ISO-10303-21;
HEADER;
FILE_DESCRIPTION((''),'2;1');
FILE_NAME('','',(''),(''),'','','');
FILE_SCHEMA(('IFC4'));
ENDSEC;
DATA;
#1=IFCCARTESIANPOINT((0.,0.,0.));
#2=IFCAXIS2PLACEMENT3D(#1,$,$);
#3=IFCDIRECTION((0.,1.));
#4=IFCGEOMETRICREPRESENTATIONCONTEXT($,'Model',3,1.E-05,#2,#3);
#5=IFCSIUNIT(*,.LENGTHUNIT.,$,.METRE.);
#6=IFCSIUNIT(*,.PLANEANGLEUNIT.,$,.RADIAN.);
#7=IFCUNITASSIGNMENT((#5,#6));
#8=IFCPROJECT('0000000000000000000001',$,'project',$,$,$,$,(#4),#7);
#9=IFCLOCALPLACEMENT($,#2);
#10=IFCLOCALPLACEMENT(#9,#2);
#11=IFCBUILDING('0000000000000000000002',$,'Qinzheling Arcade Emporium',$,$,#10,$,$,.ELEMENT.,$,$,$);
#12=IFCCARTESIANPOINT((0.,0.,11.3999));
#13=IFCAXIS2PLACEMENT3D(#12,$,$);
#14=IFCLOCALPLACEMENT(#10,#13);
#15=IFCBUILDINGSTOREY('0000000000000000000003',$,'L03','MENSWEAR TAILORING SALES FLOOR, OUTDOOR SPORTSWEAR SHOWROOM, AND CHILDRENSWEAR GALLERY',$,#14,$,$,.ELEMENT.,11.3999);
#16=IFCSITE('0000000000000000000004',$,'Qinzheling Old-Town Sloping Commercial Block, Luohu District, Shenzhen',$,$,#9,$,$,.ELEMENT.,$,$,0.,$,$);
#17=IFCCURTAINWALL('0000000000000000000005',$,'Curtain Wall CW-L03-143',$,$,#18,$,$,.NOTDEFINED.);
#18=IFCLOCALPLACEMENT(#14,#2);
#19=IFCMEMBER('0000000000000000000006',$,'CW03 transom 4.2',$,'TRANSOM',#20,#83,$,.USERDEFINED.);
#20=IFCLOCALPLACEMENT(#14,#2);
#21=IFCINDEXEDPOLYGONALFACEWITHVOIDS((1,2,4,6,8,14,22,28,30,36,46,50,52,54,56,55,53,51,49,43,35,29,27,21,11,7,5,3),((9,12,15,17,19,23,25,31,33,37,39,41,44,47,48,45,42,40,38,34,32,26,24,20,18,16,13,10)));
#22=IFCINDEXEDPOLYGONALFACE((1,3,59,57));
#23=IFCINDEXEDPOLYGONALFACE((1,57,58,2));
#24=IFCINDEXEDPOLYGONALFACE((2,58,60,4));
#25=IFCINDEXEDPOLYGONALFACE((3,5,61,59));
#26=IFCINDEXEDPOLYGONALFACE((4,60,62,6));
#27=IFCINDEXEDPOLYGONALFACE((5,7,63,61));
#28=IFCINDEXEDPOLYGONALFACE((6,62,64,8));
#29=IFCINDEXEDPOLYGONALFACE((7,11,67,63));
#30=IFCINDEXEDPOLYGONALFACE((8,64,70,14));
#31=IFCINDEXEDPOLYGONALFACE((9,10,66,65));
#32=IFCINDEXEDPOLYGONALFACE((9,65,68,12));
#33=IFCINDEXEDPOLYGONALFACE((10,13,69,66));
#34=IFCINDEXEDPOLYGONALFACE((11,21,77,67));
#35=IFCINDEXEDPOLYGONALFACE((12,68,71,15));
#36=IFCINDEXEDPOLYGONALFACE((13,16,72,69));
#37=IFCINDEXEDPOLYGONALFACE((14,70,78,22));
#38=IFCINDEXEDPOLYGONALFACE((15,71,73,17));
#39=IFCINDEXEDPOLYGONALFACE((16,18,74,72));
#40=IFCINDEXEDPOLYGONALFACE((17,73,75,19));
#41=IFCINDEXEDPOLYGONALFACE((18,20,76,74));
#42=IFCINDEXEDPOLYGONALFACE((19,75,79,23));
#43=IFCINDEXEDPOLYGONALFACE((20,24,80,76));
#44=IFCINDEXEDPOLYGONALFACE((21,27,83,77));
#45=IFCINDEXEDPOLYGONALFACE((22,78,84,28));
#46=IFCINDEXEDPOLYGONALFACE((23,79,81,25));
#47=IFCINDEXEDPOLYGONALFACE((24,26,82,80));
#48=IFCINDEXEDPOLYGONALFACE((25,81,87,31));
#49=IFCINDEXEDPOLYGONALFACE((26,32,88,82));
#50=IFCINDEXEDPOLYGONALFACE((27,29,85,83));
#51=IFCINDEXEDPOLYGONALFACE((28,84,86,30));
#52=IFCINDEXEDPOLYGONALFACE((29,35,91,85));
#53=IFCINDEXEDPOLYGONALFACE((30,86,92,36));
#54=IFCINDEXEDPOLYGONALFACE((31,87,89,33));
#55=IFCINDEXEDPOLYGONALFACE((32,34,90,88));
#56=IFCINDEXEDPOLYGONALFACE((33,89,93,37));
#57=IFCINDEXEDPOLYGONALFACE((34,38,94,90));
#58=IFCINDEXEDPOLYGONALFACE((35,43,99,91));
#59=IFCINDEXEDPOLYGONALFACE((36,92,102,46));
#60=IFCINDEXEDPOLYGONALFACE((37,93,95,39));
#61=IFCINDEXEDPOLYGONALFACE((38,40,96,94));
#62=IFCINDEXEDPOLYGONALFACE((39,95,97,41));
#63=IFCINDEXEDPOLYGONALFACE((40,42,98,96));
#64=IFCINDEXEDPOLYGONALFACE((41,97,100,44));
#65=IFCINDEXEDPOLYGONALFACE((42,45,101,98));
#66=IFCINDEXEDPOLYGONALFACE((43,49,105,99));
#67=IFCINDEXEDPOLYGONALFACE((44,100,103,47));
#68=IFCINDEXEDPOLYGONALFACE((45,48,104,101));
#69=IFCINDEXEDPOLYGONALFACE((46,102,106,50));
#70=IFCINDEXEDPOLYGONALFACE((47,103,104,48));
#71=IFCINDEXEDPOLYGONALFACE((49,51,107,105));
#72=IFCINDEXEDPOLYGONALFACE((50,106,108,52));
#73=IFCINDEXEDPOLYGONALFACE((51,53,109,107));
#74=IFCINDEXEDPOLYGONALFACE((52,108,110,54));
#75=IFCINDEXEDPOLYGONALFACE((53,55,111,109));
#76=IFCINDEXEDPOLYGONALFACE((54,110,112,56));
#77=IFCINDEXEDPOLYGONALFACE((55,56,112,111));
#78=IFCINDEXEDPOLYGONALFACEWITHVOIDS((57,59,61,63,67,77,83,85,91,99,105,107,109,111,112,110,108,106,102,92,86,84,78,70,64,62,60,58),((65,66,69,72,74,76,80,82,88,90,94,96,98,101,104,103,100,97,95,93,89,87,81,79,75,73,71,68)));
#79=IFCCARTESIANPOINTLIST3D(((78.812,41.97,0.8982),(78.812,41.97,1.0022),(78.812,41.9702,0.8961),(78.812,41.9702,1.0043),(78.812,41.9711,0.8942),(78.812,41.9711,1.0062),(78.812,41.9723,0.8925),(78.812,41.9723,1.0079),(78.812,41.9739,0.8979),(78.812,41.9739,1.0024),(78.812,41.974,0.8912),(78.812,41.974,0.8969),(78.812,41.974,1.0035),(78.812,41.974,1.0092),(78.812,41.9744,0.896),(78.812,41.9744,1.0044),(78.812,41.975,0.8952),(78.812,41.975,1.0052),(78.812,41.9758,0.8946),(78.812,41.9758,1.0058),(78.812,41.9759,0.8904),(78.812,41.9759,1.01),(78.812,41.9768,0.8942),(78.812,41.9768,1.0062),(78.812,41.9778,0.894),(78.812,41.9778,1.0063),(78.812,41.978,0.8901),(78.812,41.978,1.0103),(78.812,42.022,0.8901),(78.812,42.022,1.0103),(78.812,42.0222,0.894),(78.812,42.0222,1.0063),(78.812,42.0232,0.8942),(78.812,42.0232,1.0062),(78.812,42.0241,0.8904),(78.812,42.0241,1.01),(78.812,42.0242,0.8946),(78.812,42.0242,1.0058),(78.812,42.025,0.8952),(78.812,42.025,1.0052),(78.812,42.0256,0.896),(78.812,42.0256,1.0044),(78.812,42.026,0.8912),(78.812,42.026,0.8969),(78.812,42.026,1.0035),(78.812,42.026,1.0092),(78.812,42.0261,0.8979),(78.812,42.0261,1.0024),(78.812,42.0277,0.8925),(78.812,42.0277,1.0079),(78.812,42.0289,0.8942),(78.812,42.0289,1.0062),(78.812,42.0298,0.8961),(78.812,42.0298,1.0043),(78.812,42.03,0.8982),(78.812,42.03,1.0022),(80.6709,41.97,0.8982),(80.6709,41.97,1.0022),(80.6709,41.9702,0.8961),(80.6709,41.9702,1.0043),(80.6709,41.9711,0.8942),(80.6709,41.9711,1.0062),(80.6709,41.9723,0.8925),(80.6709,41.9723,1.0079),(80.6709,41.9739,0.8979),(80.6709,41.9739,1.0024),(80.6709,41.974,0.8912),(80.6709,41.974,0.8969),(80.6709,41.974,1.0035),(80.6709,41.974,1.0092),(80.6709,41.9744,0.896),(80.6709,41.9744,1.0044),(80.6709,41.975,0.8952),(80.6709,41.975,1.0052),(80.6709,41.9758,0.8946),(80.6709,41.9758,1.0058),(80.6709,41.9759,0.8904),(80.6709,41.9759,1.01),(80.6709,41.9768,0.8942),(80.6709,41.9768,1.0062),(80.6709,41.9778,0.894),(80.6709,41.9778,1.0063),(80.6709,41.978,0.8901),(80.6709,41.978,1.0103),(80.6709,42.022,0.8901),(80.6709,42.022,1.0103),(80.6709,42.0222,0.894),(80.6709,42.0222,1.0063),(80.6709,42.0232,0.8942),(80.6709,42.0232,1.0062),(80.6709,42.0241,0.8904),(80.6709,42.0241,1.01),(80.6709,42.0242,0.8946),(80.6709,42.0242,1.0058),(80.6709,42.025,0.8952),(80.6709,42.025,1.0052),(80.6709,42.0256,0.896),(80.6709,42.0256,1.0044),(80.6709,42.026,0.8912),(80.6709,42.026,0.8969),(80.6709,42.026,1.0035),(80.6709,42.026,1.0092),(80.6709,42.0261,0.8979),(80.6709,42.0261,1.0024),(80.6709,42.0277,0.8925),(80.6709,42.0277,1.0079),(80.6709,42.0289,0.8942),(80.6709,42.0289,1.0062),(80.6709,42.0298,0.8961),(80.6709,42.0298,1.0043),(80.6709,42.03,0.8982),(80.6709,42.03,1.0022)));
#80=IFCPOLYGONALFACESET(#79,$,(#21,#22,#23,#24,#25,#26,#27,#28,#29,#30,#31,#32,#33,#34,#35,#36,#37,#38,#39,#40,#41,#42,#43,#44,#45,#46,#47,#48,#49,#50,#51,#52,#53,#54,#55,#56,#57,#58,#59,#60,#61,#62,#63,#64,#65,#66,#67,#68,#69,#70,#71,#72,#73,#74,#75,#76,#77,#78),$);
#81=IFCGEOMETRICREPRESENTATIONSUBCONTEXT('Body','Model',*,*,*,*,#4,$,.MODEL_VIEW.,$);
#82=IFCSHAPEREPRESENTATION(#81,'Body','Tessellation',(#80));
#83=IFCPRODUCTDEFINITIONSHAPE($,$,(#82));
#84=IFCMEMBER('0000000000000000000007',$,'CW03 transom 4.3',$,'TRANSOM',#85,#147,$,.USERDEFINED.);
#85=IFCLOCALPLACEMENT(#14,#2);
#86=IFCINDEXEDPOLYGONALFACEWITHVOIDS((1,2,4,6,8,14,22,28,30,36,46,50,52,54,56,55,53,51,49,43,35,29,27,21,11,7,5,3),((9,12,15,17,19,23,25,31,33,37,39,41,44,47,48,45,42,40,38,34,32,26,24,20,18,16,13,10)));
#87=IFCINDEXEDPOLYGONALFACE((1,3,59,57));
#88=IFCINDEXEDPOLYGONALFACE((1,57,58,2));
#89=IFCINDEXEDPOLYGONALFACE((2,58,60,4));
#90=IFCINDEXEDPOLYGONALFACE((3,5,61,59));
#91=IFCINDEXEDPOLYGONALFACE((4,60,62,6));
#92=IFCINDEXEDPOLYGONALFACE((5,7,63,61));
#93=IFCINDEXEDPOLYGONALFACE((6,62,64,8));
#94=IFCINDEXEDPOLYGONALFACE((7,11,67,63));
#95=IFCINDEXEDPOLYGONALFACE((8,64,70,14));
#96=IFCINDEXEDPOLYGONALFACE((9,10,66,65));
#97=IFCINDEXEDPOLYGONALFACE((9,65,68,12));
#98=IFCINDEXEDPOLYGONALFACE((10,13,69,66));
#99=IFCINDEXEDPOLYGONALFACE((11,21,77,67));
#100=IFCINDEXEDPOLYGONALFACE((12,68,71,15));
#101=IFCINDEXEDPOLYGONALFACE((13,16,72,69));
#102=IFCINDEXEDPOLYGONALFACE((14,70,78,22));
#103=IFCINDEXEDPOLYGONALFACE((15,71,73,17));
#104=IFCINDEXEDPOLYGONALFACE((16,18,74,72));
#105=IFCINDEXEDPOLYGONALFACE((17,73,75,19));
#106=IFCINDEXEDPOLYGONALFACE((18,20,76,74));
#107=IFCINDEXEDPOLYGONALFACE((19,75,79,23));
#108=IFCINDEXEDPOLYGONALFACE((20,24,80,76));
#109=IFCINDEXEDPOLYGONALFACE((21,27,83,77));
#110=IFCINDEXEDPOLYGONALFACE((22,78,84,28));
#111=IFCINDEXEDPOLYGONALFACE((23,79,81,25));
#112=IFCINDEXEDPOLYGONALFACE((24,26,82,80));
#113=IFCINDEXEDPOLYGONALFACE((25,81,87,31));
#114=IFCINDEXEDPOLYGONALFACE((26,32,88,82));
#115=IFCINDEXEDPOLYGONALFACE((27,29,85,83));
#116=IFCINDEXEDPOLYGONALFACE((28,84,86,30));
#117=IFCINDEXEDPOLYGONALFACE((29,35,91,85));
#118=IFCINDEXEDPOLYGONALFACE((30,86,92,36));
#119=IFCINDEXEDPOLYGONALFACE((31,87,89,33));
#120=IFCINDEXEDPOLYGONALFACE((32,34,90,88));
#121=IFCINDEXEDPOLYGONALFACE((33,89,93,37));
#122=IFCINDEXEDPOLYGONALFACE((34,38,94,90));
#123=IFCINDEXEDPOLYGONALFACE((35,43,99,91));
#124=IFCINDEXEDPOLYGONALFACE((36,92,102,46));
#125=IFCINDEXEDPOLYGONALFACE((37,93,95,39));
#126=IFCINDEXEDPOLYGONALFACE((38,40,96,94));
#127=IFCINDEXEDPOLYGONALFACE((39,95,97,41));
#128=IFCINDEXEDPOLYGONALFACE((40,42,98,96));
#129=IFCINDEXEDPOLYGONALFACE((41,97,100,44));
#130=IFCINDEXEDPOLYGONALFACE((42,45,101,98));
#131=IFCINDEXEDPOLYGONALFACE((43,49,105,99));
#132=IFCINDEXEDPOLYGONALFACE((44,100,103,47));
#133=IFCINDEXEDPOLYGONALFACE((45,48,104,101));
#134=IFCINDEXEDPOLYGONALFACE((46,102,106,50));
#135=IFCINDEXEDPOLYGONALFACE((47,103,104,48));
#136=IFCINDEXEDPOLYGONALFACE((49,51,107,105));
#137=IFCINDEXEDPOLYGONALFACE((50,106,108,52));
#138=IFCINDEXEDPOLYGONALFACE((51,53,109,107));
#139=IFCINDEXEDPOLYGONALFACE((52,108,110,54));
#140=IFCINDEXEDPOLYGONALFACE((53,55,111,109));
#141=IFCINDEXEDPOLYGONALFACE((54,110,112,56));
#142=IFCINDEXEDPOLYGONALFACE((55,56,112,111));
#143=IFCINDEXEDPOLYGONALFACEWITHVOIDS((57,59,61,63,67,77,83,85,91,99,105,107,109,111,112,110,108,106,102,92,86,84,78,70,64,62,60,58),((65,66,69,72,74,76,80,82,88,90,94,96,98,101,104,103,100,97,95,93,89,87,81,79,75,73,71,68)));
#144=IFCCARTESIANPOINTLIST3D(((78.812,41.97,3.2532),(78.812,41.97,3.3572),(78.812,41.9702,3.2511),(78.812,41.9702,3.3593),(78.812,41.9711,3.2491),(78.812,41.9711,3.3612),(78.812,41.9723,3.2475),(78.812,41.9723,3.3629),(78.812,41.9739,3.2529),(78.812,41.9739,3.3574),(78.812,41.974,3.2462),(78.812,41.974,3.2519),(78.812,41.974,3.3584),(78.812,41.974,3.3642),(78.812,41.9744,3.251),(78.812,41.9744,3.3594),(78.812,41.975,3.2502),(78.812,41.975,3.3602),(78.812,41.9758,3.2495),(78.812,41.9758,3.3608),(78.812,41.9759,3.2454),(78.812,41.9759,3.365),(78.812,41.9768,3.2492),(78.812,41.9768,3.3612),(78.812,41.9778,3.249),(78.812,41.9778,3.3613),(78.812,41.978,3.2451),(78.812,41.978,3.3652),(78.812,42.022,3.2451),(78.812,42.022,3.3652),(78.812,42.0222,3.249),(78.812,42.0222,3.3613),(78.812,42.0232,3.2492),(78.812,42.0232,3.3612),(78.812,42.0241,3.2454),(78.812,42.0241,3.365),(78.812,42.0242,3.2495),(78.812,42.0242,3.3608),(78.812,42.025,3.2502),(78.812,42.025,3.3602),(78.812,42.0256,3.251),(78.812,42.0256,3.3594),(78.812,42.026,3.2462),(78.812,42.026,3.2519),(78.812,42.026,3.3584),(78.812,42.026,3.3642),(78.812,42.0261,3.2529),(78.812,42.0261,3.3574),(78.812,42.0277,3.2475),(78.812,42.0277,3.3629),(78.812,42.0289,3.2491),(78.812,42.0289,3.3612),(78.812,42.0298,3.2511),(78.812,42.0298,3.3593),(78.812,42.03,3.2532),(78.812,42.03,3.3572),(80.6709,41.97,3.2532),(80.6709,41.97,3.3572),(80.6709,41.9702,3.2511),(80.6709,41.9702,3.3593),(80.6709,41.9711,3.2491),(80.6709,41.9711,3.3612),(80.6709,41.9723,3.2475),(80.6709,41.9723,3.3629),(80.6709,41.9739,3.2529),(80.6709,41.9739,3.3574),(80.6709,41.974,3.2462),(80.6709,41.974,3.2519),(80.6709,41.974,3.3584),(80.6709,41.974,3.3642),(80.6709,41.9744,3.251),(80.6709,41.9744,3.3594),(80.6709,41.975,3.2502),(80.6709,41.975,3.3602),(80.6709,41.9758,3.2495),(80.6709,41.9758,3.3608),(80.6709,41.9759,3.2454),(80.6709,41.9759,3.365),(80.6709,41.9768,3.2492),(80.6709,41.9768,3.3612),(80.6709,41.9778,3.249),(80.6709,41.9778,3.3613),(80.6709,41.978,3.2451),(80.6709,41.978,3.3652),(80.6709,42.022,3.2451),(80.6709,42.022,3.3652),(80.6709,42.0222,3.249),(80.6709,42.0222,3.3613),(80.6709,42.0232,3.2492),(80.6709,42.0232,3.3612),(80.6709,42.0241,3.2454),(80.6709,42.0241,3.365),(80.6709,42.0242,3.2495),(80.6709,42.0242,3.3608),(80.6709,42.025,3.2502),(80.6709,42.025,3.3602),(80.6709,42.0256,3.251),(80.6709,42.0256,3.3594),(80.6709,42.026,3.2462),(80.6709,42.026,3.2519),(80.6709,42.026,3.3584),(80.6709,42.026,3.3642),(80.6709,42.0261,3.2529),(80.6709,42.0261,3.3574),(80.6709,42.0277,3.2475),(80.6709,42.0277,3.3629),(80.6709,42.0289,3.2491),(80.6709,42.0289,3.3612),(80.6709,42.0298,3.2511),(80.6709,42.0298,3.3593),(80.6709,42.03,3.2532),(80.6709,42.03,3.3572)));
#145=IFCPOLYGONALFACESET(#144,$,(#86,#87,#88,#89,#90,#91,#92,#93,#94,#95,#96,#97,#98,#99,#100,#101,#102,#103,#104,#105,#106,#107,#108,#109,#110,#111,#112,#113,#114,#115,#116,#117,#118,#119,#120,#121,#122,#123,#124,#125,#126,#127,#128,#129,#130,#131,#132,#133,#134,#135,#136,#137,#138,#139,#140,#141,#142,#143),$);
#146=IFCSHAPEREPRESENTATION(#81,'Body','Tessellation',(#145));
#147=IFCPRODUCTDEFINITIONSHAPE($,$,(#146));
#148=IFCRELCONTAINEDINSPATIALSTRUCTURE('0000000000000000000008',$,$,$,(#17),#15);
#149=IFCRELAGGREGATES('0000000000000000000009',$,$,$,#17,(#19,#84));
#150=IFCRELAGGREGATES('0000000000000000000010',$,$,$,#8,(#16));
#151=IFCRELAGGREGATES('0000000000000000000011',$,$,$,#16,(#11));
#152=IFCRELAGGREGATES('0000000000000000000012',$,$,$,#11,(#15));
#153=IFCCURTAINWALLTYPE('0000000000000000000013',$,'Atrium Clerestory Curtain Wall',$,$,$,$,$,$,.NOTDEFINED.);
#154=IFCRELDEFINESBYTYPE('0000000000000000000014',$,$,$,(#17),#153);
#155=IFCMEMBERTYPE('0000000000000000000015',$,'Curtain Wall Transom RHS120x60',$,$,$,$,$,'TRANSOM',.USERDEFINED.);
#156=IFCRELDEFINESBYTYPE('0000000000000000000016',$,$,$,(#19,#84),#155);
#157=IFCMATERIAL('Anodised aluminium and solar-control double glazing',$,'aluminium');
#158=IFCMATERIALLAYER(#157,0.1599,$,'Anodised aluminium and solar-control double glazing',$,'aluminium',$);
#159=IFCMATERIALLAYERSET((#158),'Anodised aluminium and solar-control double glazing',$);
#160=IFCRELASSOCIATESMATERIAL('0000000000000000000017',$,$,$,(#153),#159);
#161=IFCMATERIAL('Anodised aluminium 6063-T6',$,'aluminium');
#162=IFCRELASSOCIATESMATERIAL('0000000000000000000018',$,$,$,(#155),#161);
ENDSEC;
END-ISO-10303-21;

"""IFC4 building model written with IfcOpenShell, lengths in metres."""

from ifc_helpers import new_model, si_unit, direction, frame, origin, origin_2d, place, context, subcontext, project, spatial, hollow_rectangle, extrude, material, layer, layer_set, material_profile, profile_set, type_object, element, aggregate, save


model = new_model("IFC4")

# Units and contexts
model_context = context("Model", 3, precision=1e-05, world=origin(), true_north=direction((0.0, 1.0)))
body_context = subcontext(model_context, "Body", "Model", "MODEL_VIEW")
ifc_project = project(units=[si_unit("LENGTHUNIT", "METRE"), si_unit("PLANEANGLEUNIT", "RADIAN")], contexts=[model_context])

# Site, building, storey
site_placement = place(None, origin())
site = spatial("IfcSite", under=ifc_project, at=site_placement, Name="Qinzheling Old-Town Sloping Commercial Block, Luohu District, Shenzhen", CompositionType="ELEMENT", RefElevation=0.0)
building_placement = place(site_placement, origin())
building = spatial("IfcBuilding", under=site, at=building_placement, Name="Qinzheling Arcade Emporium", CompositionType="ELEMENT")
storey_placement = place(building_placement, frame((0.0, 0.0, 11.3999)))
storey = spatial("IfcBuildingStorey", under=building, at=storey_placement, Name="L03", Description="MENSWEAR TAILORING SALES FLOOR, OUTDOOR SPORTSWEAR SHOWROOM, AND CHILDRENSWEAR GALLERY", CompositionType="ELEMENT", Elevation=11.3999)

# Curtain wall, members
ifc_material_1 = material(Name="Anodised aluminium and solar-control double glazing", Category="aluminium")
ifc_layer_1 = layer(ifc_material_1, 0.1599, Name="Anodised aluminium and solar-control double glazing", Category="aluminium")
ifc_layer_set_1 = layer_set([ifc_layer_1], Name="Anodised aluminium and solar-control double glazing")
curtain_wall_type = type_object("IfcCurtainWallType", Name="Atrium Clerestory Curtain Wall", PredefinedType="NOTDEFINED", material=ifc_layer_set_1)
curtain_wall_placement = place(storey_placement, origin())
curtain_wall = element("IfcCurtainWall", 1, at=curtain_wall_placement, inside=storey, type_object=curtain_wall_type, Name="Curtain Wall CW-L03-143", PredefinedType="NOTDEFINED")
ifc_material_2 = material(Name="Anodised aluminium 6063-T6", Category="aluminium")
ifc_material_profile_1 = material_profile(ifc_material_2, hollow_rectangle(XDim=0.0601, YDim=0.1201, WallThickness=0.0039, InnerFilletRadius=0.0039, OuterFilletRadius=0.0081, at=origin_2d()), Name="RHS 120x60x4", Category="aluminium")
ifc_profile_set_1 = profile_set([ifc_material_profile_1], Name="Anodised aluminium 6063-T6")
member_type_1 = type_object("IfcMemberType", Name="Curtain Wall Transom RHS120x60", ElementType="TRANSOM", PredefinedType="USERDEFINED", material=ifc_profile_set_1)
member_1_placement = place(storey_placement, frame((80.6709, 42.0, 0.9502), z_axis=(-1.0, 0.0, 0.0), x_axis=(0.0, -1.0, 0.0)))
member_1 = element("IfcMember", 2, at=member_1_placement, type_object=member_type_1, Name="CW03 transom 4.2", ObjectType="TRANSOM", PredefinedType="USERDEFINED", context=body_context, shape_type="SweptSolid", body=[
    extrude(hollow_rectangle(XDim=0.0601, YDim=0.1201, WallThickness=0.0039, InnerFilletRadius=0.0039, OuterFilletRadius=0.0081, at=origin_2d()), origin(), (0.0, 0.0, 1.0), 1.8589),
])
member_2_placement = place(storey_placement, frame((80.6709, 42.0, 3.3052), z_axis=(-1.0, 0.0, 0.0), x_axis=(0.0, -1.0, 0.0)))
member_2 = element("IfcMember", 3, at=member_2_placement, type_object=member_type_1, Name="CW03 transom 4.3", ObjectType="TRANSOM", PredefinedType="USERDEFINED", context=body_context, shape_type="SweptSolid", body=[
    extrude(hollow_rectangle(XDim=0.0601, YDim=0.1201, WallThickness=0.0039, InnerFilletRadius=0.0039, OuterFilletRadius=0.0081, at=origin_2d()), origin(), (0.0, 0.0, 1.0), 1.8589),
])
aggregate(curtain_wall, [member_1, member_2])

save(model, "model.ifc")
